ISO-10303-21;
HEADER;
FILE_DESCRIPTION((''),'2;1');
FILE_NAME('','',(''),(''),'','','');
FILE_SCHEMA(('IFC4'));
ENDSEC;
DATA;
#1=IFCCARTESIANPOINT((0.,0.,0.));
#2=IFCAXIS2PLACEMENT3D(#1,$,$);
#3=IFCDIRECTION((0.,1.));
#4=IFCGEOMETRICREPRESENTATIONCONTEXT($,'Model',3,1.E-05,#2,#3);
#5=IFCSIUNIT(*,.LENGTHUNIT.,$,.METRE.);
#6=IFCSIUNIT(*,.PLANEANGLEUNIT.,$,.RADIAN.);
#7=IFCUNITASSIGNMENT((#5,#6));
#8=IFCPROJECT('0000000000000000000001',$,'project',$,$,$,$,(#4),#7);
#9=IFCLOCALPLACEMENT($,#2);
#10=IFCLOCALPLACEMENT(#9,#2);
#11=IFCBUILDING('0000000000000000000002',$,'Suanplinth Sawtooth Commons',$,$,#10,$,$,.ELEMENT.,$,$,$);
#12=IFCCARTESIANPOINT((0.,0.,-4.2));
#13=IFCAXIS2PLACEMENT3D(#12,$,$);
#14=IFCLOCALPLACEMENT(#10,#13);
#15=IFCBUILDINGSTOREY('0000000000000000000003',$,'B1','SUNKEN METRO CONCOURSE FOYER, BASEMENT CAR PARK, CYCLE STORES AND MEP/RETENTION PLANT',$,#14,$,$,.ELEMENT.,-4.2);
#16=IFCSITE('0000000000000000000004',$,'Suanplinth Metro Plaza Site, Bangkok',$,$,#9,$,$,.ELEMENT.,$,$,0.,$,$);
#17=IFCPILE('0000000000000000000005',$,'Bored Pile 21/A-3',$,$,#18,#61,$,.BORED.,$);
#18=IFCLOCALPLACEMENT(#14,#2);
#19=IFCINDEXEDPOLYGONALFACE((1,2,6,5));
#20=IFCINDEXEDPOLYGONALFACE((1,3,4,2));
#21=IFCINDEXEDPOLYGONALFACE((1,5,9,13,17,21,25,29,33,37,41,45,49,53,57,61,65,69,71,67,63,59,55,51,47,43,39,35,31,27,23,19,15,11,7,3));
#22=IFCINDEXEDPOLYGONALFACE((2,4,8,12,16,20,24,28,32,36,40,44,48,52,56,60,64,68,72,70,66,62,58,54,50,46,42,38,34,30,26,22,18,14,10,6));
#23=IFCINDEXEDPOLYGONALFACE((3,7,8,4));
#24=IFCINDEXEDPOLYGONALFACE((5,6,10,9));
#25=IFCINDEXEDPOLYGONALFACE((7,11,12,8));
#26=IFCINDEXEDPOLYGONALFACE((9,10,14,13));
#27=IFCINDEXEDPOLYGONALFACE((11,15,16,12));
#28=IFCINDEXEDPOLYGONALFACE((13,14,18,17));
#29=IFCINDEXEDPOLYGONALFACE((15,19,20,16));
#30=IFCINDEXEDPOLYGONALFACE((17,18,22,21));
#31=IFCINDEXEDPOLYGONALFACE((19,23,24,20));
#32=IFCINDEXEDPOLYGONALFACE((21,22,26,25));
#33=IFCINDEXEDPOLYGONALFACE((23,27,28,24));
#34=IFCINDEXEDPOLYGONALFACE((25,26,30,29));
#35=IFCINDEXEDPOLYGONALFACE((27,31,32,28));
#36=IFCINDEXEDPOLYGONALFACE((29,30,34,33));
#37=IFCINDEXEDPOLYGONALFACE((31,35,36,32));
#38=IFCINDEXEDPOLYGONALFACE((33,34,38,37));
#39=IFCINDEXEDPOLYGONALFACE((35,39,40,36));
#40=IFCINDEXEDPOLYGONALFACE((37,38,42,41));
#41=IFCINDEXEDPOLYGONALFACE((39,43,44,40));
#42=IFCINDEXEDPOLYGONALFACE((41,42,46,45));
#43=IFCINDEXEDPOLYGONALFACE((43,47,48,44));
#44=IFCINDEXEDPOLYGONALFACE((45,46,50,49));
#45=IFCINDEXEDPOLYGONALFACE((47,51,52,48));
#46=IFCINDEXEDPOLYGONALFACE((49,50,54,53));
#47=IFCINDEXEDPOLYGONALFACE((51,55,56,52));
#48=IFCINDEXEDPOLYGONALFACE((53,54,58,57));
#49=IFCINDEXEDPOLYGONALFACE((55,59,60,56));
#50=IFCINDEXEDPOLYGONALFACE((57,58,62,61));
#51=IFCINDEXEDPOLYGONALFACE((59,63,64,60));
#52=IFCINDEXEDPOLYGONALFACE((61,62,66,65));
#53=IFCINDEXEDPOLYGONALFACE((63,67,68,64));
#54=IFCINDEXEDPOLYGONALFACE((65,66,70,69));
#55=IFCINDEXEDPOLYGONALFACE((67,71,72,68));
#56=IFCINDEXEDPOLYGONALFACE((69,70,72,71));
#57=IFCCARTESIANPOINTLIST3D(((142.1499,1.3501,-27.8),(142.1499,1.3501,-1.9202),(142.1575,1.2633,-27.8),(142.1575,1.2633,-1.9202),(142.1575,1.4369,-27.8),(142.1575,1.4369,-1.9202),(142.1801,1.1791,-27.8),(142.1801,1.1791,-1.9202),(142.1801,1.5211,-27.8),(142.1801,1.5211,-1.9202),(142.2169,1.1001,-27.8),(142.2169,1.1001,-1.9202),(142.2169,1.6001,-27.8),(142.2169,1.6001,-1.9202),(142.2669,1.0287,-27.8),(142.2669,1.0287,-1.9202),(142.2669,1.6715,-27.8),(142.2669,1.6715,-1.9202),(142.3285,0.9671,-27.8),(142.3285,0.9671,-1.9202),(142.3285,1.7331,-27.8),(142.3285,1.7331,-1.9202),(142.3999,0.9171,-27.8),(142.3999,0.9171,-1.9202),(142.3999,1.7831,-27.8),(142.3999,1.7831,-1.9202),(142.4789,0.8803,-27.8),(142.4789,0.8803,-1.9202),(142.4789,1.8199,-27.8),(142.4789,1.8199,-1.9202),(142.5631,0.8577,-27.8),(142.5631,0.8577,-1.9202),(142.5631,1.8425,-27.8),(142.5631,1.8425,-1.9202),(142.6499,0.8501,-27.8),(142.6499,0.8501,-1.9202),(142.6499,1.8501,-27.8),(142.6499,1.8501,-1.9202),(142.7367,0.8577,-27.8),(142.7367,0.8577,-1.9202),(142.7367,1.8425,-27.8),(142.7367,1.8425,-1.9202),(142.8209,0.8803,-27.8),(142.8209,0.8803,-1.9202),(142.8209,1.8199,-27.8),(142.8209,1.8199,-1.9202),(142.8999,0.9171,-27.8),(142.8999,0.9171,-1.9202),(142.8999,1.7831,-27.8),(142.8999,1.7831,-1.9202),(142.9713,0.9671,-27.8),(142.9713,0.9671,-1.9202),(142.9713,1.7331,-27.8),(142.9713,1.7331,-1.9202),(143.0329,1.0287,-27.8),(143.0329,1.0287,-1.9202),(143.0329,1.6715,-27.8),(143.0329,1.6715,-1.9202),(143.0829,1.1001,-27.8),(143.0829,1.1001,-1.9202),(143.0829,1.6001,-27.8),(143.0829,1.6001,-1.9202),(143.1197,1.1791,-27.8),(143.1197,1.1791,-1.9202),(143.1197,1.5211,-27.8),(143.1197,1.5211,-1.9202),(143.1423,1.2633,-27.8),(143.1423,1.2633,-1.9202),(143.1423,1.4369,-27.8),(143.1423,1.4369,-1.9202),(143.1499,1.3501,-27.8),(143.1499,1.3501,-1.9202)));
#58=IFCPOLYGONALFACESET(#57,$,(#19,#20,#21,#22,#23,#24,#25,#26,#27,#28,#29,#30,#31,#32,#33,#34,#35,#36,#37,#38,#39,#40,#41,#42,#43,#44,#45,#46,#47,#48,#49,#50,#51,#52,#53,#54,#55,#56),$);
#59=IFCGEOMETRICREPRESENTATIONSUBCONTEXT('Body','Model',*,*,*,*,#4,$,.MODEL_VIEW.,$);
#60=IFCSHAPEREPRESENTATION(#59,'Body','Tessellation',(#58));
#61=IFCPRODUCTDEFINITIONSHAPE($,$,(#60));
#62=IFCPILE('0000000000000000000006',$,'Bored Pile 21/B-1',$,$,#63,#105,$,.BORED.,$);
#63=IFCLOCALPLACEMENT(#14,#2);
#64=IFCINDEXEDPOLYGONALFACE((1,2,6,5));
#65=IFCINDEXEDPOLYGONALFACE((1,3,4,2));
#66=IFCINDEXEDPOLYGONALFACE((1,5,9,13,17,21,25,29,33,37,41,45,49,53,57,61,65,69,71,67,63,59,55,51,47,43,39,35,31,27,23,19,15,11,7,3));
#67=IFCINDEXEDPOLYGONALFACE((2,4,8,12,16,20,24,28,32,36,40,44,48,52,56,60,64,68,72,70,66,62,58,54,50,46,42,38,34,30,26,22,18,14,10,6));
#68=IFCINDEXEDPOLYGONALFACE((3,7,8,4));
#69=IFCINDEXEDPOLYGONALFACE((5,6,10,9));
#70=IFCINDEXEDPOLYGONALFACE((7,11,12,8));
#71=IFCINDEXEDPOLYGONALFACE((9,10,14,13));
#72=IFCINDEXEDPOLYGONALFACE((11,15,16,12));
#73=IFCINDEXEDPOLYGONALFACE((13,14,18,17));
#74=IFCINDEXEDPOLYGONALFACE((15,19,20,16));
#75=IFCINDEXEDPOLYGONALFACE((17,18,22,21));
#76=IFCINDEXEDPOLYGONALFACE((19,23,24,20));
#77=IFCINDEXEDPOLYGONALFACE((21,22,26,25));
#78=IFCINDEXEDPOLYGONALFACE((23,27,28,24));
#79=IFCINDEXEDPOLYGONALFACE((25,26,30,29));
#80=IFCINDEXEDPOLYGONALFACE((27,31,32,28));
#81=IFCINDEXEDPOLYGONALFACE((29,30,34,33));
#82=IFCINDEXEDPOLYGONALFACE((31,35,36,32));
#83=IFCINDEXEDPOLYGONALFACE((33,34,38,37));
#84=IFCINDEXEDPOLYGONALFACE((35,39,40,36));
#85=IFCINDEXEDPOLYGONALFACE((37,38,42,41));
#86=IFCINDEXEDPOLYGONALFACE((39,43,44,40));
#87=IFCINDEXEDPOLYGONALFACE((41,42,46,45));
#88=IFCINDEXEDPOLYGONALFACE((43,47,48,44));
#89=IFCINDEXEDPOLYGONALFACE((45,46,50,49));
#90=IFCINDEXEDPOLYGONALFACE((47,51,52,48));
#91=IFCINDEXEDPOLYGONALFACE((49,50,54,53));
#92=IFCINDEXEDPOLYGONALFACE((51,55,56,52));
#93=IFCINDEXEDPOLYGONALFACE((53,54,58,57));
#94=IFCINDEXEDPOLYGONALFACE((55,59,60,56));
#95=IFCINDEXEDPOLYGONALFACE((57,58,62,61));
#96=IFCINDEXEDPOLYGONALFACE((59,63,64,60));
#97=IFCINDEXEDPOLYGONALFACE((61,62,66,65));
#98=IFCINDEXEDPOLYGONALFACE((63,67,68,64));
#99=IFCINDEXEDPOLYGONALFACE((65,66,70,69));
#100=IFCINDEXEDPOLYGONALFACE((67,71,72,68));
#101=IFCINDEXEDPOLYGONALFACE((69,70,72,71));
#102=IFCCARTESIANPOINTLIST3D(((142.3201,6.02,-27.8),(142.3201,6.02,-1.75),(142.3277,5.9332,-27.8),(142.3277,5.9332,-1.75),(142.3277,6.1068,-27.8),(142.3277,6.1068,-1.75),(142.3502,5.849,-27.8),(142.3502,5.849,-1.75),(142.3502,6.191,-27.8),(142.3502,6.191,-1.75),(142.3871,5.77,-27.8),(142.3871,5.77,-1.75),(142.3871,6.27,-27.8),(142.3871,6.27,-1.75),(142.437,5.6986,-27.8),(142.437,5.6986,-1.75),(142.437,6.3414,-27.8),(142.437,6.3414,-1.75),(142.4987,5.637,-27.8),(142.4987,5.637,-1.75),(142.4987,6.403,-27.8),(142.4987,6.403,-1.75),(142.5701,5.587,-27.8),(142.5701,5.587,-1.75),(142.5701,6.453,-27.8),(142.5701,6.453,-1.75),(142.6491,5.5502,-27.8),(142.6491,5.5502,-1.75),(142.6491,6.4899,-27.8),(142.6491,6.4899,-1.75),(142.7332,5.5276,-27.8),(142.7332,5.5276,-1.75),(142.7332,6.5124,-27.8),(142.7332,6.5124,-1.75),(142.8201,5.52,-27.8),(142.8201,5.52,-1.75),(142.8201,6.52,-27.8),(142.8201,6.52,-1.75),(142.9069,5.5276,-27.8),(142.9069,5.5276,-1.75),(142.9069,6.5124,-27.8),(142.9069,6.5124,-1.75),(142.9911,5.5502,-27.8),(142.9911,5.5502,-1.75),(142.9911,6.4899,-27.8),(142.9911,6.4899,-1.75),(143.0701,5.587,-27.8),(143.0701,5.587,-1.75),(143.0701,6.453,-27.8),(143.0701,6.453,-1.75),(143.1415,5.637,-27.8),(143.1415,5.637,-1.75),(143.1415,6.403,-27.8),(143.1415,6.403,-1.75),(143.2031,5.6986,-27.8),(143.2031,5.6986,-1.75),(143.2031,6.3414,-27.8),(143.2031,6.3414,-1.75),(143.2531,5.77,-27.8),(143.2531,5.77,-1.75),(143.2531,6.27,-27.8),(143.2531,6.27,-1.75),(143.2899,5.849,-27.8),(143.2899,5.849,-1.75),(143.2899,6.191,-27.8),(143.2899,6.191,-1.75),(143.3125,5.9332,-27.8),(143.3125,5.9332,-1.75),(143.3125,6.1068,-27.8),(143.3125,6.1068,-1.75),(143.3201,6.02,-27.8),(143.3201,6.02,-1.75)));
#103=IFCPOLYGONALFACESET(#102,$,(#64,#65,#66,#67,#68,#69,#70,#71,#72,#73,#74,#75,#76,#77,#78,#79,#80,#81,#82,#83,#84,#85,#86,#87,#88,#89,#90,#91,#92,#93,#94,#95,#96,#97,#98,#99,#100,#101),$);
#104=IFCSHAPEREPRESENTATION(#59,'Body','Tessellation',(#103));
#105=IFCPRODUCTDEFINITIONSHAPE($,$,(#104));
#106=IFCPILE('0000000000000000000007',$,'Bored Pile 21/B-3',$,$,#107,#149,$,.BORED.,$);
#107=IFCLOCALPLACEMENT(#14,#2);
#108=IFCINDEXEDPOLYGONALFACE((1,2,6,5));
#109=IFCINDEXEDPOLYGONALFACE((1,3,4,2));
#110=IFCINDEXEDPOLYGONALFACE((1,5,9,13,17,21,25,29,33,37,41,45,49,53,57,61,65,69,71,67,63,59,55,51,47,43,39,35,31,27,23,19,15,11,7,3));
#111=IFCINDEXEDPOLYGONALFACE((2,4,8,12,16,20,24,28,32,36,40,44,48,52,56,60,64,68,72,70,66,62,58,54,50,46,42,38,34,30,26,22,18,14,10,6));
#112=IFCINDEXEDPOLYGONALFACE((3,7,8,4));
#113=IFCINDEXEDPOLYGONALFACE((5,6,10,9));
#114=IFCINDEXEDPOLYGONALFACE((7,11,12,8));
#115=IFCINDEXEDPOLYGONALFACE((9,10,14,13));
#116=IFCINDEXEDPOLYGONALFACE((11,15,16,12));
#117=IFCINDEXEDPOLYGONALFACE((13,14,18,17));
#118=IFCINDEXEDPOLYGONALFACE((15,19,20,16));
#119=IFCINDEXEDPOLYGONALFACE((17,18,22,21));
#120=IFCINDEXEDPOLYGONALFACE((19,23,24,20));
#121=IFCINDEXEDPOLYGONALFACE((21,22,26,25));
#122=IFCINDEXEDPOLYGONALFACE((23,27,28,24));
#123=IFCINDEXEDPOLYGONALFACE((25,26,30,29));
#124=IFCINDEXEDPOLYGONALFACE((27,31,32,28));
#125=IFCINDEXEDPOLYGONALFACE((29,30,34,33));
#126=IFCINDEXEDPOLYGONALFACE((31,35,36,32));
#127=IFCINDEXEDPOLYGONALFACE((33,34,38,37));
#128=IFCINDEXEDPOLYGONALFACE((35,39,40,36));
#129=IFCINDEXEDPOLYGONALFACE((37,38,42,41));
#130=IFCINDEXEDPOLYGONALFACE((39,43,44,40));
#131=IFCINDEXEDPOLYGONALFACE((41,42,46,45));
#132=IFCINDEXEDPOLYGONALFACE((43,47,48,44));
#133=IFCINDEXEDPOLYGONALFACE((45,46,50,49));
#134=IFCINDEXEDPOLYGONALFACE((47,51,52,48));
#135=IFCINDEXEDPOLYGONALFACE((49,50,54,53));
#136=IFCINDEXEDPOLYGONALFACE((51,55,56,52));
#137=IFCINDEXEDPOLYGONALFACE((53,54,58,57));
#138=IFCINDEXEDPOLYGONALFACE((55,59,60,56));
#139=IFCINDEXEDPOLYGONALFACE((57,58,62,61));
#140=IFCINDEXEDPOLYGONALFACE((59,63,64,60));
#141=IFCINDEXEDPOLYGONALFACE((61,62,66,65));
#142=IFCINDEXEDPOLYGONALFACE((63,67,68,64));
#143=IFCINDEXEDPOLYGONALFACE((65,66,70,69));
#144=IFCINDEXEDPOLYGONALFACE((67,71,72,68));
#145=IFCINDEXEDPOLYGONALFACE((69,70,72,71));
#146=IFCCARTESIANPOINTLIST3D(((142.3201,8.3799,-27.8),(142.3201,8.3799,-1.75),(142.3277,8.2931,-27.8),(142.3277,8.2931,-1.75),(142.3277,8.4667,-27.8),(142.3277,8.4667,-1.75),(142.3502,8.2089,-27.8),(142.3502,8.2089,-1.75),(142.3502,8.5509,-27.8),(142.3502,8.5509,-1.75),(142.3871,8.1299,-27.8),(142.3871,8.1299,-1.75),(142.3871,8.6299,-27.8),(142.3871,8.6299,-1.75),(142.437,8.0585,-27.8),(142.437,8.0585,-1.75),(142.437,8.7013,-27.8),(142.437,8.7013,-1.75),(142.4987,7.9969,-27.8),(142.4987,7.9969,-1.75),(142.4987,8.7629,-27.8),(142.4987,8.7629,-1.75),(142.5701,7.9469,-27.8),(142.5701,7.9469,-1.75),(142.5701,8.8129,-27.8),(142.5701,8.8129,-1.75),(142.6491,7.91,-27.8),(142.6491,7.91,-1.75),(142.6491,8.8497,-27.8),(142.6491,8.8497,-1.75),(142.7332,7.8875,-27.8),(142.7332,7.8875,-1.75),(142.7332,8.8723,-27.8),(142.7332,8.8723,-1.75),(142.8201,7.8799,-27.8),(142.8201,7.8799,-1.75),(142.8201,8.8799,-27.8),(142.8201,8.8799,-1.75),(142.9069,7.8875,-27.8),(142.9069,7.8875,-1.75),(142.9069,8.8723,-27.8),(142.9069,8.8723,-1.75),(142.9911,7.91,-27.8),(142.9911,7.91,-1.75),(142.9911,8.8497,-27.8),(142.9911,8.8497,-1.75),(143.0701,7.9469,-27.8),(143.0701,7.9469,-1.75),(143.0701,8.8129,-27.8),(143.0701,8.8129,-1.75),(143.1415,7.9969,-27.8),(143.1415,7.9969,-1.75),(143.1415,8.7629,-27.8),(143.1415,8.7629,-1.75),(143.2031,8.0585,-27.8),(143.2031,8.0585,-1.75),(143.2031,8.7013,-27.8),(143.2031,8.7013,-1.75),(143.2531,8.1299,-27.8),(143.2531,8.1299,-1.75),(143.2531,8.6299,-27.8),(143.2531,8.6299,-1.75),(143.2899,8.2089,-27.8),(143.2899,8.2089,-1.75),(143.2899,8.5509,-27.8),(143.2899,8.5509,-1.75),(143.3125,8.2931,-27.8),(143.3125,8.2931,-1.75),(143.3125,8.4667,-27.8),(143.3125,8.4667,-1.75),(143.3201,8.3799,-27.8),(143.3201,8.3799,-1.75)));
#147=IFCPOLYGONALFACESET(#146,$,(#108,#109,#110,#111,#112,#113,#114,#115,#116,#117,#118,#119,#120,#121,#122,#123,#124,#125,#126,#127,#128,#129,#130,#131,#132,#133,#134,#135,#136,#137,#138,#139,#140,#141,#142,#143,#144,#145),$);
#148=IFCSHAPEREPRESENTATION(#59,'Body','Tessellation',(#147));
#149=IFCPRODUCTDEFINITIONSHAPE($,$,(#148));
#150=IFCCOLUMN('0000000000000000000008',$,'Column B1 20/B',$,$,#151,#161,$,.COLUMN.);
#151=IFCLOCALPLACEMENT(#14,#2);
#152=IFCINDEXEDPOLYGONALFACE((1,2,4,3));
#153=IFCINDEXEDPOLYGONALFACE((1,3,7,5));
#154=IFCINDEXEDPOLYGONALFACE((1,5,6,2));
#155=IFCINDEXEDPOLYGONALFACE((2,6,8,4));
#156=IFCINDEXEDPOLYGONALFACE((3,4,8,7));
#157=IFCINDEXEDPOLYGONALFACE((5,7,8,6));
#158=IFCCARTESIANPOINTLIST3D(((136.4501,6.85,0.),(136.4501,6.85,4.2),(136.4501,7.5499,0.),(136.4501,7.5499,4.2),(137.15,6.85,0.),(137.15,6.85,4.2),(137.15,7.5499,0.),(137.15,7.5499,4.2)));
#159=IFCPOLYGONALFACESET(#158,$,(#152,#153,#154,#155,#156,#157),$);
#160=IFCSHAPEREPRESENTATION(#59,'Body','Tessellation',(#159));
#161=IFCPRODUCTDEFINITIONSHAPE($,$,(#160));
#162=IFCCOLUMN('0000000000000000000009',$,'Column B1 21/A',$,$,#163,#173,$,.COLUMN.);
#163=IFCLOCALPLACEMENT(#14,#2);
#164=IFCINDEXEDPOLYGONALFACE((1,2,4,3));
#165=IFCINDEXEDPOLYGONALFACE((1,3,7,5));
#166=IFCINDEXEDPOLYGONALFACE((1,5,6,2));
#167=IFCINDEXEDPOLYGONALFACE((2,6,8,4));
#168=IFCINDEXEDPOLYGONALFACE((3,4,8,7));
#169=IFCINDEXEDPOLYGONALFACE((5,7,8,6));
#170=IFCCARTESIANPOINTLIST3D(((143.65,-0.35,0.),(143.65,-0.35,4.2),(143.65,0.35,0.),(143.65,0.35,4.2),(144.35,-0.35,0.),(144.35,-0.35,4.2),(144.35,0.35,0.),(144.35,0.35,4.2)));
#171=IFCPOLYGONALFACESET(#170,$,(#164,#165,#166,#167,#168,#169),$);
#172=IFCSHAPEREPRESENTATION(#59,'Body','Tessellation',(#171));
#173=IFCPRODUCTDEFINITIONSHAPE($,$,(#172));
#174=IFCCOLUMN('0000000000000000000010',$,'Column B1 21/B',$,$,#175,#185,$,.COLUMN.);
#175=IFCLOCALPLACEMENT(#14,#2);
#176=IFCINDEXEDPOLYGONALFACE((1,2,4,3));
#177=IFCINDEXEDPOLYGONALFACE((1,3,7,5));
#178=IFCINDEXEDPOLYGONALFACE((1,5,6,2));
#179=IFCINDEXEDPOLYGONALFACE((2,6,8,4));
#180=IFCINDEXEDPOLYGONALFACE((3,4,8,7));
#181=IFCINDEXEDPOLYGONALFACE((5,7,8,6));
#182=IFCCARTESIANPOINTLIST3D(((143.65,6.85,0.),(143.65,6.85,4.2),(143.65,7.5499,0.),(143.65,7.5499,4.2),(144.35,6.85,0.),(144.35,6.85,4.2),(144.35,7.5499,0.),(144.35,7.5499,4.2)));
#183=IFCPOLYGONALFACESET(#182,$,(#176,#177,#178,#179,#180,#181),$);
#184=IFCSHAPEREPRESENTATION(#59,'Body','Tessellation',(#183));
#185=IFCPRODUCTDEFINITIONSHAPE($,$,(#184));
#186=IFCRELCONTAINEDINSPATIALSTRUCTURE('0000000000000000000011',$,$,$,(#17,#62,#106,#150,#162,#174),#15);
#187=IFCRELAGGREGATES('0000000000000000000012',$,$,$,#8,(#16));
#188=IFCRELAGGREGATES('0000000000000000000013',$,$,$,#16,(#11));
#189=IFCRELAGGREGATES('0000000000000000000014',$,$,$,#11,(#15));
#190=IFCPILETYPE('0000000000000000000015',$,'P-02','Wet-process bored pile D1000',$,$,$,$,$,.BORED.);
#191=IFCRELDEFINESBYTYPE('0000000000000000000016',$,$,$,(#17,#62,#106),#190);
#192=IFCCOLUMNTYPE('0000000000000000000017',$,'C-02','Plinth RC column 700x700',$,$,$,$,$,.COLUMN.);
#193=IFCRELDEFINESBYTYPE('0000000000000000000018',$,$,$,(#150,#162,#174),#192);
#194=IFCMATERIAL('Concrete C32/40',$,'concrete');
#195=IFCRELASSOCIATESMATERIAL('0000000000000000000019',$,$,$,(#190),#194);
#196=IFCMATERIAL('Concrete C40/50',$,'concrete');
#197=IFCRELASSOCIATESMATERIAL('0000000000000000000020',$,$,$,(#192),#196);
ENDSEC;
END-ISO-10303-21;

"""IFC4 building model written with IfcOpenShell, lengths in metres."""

from ifc_helpers import new_model, si_unit, direction, frame, origin, origin_2d, place, context, subcontext, project, spatial, rectangle, circle, extrude, material, material_profile, profile_set, type_object, element, save


model = new_model("IFC4")

# Units and contexts
model_context = context("Model", 3, precision=1e-05, world=origin(), true_north=direction((0.0, 1.0)))
body_context = subcontext(model_context, "Body", "Model", "MODEL_VIEW")
ifc_project = project(units=[si_unit("LENGTHUNIT", "METRE"), si_unit("PLANEANGLEUNIT", "RADIAN")], contexts=[model_context])

# Site, building, storey
site_placement = place(None, origin())
site = spatial("IfcSite", under=ifc_project, at=site_placement, Name="Suanplinth Metro Plaza Site, Bangkok", CompositionType="ELEMENT", RefElevation=0.0)
building_placement = place(site_placement, origin())
building = spatial("IfcBuilding", under=site, at=building_placement, Name="Suanplinth Sawtooth Commons", CompositionType="ELEMENT")
storey_placement = place(building_placement, frame((0.0, 0.0, -4.2)))
storey = spatial("IfcBuildingStorey", under=building, at=storey_placement, Name="B1", Description="SUNKEN METRO CONCOURSE FOYER, BASEMENT CAR PARK, CYCLE STORES AND MEP/RETENTION PLANT", CompositionType="ELEMENT", Elevation=-4.2)

# Piles
ifc_material_1 = material(Name="Concrete C32/40", Category="concrete")
ifc_material_profile_1 = material_profile(ifc_material_1, circle(Radius=0.5, at=origin_2d()), Name="PILE D1000")
ifc_profile_set_1 = profile_set([ifc_material_profile_1], Name="Concrete C32/40")
pile_type = type_object("IfcPileType", Name="P-02", Description="Wet-process bored pile D1000", PredefinedType="BORED", material=ifc_profile_set_1)
for number, where, z_axis, x_axis, name in (
    (1, (142.6499, 1.3501, -1.9202), (0.0, 0.0, -1.0), (1.0, 0.0, 0.0), "Bored Pile 21/A-3"),
):
    element("IfcPile", number, at=place(storey_placement, frame(where, z_axis=z_axis, x_axis=x_axis)), inside=storey, type_object=pile_type, Name=name, PredefinedType="BORED", context=body_context, shape_type="SweptSolid", body=[
        extrude(circle(Radius=0.5, at=origin_2d()), origin(), (0.0, 0.0, 1.0), 25.8799),
    ])
for number, where, z_axis, x_axis, name in (
    (2, (142.8201, 6.02, -1.75), (0.0, 0.0, -1.0), (1.0, 0.0, 0.0), "Bored Pile 21/B-1"),
    (3, (142.8201, 8.3799, -1.75), (0.0, 0.0, -1.0), (1.0, 0.0, 0.0), "Bored Pile 21/B-3"),
):
    element("IfcPile", number, at=place(storey_placement, frame(where, z_axis=z_axis, x_axis=x_axis)), inside=storey, type_object=pile_type, Name=name, PredefinedType="BORED", context=body_context, shape_type="SweptSolid", body=[
        extrude(circle(Radius=0.5, at=origin_2d()), origin(), (0.0, 0.0, 1.0), 26.05),
    ])

# Columns
ifc_material_2 = material(Name="Concrete C40/50", Category="concrete")
ifc_material_profile_2 = material_profile(ifc_material_2, rectangle(XDim=0.7, YDim=0.7, at=origin_2d()), Name="RC-COL 700x700")
ifc_profile_set_2 = profile_set([ifc_material_profile_2], Name="Concrete C40/50")
column_type = type_object("IfcColumnType", Name="C-02", Description="Plinth RC column 700x700", PredefinedType="COLUMN", material=ifc_profile_set_2)
for number, where, z_axis, x_axis, name in (
    (4, (136.8, 7.2, 0.0), (0.0, 0.0, 1.0), (1.0, 0.0, 0.0), "Column B1 20/B"),
    (5, (144.0, 0.0, 0.0), (0.0, 0.0, 1.0), (1.0, 0.0, 0.0), "Column B1 21/A"),
    (6, (144.0, 7.2, 0.0), (0.0, 0.0, 1.0), (1.0, 0.0, 0.0), "Column B1 21/B"),
):
    element("IfcColumn", number, at=place(storey_placement, frame(where, z_axis=z_axis, x_axis=x_axis)), inside=storey, type_object=column_type, Name=name, PredefinedType="COLUMN", context=body_context, shape_type="SweptSolid", body=[
        extrude(rectangle(XDim=0.7, YDim=0.7, at=origin_2d()), origin(), (0.0, 0.0, 1.0), 4.2),
    ])

save(model, "model.ifc")
